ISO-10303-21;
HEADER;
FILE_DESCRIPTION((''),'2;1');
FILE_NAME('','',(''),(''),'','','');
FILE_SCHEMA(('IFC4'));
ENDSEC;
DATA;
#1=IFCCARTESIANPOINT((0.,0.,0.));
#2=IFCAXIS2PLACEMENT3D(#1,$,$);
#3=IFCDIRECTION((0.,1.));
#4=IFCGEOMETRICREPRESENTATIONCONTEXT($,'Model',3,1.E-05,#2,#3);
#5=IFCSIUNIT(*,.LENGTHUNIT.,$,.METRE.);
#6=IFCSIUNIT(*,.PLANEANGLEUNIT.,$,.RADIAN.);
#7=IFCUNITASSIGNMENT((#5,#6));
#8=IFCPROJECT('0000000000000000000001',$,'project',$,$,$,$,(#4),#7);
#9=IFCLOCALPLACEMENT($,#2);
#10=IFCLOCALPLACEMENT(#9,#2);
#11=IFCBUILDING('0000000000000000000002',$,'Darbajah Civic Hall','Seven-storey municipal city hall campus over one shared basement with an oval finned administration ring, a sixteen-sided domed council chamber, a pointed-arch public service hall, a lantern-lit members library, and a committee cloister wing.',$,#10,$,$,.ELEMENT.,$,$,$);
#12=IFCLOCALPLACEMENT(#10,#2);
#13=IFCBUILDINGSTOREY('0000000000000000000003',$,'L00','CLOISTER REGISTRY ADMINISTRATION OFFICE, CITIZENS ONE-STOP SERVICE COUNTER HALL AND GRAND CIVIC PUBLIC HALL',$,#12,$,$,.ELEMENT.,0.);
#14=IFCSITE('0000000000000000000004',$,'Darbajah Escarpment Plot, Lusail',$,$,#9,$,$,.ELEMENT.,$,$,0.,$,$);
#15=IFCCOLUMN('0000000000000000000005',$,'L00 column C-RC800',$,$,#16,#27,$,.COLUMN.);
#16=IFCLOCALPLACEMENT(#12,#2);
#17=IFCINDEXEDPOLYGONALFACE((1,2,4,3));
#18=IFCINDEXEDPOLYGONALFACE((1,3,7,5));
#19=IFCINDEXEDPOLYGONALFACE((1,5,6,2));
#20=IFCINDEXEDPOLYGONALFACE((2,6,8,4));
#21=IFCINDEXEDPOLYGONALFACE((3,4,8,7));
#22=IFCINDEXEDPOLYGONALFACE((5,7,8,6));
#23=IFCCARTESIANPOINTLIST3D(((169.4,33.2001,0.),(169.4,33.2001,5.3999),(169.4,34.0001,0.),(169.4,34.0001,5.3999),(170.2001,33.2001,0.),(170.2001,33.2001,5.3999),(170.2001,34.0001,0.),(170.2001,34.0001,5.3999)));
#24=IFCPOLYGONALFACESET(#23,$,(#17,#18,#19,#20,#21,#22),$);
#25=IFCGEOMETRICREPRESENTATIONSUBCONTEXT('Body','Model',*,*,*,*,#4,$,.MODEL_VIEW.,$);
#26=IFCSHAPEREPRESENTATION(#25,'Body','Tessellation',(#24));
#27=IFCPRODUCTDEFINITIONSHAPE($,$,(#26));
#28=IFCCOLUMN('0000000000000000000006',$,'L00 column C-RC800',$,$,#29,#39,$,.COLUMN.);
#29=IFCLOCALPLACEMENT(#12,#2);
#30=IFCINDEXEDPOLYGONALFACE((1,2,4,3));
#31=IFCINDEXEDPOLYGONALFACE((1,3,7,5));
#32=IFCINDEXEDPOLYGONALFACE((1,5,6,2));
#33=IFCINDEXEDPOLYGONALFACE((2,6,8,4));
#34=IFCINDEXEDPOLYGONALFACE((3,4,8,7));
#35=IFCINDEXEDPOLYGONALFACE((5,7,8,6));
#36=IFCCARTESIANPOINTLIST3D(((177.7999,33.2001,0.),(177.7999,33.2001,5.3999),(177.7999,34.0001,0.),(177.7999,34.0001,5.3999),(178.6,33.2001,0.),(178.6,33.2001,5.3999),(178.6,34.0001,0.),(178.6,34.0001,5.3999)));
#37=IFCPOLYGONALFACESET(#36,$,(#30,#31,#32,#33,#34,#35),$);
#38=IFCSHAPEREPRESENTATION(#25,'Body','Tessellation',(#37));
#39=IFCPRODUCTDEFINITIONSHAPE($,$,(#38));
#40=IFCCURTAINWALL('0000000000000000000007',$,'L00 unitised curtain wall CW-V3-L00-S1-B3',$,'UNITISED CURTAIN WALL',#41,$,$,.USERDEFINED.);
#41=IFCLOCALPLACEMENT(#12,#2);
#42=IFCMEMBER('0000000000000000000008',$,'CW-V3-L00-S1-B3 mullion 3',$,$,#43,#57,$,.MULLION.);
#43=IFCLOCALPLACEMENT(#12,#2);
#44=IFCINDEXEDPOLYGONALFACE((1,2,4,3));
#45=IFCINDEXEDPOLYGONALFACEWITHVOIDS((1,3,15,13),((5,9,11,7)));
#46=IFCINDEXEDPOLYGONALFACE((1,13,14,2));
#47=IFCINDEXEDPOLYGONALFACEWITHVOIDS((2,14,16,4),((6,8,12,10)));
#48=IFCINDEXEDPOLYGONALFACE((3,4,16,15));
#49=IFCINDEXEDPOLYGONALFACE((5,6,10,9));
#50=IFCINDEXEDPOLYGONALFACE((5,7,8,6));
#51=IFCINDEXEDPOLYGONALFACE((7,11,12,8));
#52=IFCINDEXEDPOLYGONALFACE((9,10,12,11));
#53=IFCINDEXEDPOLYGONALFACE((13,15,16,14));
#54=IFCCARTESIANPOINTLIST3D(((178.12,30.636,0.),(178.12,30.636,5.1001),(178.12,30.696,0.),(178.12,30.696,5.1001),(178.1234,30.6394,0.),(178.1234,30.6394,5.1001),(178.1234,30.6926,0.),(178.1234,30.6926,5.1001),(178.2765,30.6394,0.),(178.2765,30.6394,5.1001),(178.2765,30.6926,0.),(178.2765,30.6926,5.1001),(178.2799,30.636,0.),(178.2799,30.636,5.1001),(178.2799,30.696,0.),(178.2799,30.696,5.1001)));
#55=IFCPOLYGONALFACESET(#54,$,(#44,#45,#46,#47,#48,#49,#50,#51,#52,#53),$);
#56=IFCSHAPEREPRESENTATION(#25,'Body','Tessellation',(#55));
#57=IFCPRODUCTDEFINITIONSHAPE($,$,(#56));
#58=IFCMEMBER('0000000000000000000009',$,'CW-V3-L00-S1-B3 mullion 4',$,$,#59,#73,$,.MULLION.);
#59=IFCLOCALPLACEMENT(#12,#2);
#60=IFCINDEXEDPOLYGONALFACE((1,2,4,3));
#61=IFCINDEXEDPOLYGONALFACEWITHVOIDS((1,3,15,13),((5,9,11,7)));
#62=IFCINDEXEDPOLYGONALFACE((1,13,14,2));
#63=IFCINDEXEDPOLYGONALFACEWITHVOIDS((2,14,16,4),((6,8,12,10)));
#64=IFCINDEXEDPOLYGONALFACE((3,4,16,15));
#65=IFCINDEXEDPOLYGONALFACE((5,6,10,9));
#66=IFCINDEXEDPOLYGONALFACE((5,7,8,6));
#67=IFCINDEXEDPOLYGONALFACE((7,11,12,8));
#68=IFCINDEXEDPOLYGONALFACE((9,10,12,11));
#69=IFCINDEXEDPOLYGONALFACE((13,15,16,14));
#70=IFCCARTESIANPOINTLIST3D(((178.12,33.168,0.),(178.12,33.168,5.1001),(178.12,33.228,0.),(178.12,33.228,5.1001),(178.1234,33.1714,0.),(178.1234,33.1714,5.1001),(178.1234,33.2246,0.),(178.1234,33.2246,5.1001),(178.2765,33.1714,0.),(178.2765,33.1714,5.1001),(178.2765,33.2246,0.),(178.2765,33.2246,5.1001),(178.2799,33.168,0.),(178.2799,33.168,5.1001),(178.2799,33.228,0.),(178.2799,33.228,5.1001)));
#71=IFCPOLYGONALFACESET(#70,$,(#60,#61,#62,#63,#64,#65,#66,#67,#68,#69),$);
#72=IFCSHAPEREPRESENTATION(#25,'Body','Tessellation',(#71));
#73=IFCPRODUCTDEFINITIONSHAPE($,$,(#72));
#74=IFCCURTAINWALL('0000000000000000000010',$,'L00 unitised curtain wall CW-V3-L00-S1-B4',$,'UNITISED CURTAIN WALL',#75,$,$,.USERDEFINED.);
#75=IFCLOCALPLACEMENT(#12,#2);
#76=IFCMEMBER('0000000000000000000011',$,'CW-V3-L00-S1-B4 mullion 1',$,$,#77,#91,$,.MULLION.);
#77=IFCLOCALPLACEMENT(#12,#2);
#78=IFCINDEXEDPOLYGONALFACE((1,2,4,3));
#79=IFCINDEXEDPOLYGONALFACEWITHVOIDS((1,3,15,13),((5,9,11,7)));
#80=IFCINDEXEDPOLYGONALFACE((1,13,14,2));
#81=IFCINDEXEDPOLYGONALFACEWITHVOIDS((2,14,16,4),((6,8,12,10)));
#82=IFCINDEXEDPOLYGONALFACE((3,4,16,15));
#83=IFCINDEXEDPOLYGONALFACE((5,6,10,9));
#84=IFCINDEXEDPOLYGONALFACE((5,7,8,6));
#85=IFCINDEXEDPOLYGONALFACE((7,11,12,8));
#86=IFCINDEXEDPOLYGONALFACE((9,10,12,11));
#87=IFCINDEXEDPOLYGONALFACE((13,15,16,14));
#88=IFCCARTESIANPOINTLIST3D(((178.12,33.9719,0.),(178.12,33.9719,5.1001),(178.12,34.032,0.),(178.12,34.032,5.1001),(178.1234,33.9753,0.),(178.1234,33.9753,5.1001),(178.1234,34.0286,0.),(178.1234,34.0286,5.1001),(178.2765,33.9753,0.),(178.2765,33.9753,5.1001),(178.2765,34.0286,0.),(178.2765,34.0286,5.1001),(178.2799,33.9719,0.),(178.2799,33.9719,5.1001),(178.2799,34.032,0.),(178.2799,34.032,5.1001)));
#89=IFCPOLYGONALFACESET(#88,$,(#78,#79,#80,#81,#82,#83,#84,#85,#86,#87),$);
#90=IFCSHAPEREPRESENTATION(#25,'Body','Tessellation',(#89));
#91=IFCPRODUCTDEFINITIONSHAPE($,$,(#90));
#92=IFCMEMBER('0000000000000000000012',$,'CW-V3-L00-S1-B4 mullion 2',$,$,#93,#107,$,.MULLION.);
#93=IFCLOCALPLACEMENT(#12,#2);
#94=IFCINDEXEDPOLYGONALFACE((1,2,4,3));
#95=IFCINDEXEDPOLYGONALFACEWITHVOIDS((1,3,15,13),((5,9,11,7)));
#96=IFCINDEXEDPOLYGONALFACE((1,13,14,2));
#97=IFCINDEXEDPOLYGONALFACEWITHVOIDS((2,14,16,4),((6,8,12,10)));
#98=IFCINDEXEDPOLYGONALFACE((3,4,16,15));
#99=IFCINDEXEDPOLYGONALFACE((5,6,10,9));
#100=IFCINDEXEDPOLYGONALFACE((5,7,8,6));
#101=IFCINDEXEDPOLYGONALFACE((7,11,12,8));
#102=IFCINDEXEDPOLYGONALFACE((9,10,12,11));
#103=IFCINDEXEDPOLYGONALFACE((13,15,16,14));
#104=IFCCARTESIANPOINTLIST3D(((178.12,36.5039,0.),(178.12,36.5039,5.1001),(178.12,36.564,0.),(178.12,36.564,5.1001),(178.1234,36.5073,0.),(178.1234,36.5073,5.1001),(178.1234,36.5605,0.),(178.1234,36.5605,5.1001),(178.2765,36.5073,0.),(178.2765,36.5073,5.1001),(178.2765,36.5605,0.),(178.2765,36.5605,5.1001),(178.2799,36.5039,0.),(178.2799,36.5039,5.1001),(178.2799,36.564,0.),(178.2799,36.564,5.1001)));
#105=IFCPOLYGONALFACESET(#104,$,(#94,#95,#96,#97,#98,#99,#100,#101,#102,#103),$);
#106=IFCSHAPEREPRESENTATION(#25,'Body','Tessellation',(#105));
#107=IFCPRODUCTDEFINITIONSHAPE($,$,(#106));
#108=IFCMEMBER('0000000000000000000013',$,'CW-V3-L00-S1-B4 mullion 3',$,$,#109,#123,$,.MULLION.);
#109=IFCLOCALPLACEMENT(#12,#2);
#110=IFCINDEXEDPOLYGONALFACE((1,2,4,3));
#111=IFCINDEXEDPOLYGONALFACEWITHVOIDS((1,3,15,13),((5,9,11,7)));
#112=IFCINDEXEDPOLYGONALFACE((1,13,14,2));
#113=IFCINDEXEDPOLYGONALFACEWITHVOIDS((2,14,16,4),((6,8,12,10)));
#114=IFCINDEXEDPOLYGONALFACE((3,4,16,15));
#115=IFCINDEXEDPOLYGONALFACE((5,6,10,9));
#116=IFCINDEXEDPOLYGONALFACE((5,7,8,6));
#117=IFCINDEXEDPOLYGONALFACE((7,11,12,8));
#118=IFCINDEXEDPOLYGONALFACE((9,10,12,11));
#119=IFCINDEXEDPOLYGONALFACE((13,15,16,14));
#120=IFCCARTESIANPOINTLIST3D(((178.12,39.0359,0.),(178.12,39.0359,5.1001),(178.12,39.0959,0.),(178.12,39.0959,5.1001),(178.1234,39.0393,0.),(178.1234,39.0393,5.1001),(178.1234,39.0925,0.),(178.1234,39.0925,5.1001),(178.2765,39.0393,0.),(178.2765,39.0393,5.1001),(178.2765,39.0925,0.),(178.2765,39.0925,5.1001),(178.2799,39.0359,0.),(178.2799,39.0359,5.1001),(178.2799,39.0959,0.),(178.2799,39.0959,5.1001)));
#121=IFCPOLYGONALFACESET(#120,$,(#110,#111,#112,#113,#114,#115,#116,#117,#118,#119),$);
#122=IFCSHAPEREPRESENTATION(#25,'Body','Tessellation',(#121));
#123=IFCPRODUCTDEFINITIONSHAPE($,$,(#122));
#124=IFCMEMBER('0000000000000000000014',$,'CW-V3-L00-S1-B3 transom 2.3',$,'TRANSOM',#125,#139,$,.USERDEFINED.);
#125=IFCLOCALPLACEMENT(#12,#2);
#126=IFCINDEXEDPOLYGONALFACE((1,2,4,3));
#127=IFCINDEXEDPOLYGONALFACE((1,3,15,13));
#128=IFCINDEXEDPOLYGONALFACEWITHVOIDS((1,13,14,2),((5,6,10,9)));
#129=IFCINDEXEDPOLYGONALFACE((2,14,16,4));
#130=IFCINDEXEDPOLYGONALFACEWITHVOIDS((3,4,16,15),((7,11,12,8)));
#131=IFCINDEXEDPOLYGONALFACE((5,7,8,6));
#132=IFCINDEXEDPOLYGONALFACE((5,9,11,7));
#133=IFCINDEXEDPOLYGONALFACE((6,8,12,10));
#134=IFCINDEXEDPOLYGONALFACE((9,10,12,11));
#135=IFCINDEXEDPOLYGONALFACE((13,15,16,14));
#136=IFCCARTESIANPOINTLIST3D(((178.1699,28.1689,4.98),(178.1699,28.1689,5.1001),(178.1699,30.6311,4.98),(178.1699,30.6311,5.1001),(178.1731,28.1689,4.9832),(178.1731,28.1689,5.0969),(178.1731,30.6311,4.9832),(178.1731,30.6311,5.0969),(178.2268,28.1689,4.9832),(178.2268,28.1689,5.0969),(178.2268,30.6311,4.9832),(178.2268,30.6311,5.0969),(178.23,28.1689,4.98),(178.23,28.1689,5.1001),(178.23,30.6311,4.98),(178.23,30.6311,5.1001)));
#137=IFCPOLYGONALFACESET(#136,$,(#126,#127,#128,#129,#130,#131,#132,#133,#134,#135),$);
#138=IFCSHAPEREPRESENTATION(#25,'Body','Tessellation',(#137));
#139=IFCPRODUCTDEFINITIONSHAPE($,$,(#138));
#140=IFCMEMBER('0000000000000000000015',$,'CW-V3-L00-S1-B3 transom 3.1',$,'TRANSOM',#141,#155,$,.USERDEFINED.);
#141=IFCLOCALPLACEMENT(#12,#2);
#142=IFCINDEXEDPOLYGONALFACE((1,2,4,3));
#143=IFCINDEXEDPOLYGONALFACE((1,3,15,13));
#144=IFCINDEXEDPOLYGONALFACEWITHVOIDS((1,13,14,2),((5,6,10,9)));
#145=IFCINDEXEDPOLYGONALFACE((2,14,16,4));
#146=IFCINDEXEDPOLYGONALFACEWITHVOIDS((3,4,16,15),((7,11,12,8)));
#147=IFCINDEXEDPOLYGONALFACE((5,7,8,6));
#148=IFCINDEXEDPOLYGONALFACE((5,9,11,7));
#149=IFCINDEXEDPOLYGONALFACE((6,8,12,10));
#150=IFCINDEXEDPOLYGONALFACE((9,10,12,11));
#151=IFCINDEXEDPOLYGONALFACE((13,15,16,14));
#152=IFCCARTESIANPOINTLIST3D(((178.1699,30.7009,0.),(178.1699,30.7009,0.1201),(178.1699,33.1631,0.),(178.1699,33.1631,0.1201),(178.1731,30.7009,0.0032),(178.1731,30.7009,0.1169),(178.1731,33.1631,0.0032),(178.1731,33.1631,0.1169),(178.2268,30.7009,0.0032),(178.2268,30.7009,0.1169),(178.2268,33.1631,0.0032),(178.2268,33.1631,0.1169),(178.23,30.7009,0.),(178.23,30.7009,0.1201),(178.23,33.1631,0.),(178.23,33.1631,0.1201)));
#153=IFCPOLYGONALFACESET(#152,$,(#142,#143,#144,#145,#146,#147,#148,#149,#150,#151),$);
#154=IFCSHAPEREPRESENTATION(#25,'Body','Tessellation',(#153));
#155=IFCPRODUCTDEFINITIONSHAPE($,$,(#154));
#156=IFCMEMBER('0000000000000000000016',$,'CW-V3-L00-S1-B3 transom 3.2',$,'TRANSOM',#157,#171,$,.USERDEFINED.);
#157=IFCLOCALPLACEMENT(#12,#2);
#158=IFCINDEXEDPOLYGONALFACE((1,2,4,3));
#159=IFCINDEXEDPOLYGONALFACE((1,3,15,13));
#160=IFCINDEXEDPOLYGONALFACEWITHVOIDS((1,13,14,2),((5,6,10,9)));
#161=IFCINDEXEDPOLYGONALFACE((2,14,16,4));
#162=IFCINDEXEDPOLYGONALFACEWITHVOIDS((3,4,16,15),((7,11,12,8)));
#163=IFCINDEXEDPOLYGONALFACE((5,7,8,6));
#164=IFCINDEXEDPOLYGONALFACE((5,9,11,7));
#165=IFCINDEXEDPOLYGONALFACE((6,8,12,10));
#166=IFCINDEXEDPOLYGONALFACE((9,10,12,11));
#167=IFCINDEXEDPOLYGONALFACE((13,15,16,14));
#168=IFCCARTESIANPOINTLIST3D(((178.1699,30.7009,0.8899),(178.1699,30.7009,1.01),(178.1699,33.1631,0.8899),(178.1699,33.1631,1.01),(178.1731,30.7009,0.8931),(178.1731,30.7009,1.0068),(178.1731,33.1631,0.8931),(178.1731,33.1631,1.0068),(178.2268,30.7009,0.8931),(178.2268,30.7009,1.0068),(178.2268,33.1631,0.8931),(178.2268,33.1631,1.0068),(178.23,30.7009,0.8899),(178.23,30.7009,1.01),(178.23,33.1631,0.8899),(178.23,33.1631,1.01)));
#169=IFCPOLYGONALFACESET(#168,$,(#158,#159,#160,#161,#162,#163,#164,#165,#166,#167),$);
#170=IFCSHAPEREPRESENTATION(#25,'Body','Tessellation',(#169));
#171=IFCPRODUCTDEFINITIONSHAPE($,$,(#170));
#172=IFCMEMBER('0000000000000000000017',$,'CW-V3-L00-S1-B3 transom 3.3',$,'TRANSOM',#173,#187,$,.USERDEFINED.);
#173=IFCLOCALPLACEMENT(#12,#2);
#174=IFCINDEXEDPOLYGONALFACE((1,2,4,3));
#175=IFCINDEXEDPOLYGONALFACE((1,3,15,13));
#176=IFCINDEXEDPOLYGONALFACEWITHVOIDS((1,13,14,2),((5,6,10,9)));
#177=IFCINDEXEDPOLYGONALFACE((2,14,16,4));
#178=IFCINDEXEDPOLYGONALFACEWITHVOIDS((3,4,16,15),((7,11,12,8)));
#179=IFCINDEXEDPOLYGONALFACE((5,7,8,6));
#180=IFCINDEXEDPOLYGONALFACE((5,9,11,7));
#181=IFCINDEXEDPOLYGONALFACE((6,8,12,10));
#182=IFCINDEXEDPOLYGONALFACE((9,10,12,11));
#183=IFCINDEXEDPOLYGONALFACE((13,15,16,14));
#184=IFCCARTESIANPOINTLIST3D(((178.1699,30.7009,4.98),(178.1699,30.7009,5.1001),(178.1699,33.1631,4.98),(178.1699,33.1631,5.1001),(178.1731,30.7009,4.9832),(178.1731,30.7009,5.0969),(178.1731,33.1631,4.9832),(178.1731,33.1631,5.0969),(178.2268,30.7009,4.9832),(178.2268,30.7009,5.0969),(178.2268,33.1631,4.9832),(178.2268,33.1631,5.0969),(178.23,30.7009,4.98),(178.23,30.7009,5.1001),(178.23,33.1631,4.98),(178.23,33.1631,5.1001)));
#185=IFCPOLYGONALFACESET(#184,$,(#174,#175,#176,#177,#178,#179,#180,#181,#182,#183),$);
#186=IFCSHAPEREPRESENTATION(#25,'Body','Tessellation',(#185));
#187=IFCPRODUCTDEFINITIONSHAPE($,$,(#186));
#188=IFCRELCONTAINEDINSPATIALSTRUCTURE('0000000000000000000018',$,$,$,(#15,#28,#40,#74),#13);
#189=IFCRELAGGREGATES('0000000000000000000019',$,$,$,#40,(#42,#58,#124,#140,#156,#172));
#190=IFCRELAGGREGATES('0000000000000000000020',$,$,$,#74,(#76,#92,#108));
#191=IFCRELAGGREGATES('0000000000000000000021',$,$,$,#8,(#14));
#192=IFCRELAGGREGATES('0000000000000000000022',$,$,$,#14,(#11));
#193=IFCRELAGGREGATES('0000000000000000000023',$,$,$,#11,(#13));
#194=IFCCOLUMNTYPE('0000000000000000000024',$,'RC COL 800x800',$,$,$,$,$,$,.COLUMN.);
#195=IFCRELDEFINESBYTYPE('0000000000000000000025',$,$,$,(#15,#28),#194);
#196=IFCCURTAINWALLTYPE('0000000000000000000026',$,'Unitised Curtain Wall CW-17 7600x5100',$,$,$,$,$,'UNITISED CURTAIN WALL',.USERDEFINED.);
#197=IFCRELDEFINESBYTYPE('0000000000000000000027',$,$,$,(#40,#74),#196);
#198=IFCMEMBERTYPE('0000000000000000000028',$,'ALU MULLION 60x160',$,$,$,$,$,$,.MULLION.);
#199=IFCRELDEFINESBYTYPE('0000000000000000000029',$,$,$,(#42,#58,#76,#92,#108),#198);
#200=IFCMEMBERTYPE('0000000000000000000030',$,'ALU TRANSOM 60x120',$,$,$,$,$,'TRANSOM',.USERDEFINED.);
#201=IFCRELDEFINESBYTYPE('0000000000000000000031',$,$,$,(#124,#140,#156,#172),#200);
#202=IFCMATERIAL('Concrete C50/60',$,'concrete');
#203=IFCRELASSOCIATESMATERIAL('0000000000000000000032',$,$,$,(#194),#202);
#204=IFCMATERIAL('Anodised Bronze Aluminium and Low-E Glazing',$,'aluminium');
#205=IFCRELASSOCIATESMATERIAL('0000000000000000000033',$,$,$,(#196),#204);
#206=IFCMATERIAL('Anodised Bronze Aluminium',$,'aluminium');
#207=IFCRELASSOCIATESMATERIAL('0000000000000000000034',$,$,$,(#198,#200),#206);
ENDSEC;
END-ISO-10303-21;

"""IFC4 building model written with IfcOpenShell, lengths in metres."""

from ifc_helpers import new_model, si_unit, direction, frame, origin, origin_2d, place, context, subcontext, project, spatial, rectangle, hollow_rectangle, extrude, material, material_profile, profile_set, type_object, element, aggregate, save


model = new_model("IFC4")

# Units and contexts
model_context = context("Model", 3, precision=1e-05, world=origin(), true_north=direction((0.0, 1.0)))
body_context = subcontext(model_context, "Body", "Model", "MODEL_VIEW")
ifc_project = project(units=[si_unit("LENGTHUNIT", "METRE"), si_unit("PLANEANGLEUNIT", "RADIAN")], contexts=[model_context])

# Site, building, storey
site_placement = place(None, origin())
site = spatial("IfcSite", under=ifc_project, at=site_placement, Name="Darbajah Escarpment Plot, Lusail", CompositionType="ELEMENT", RefElevation=0.0)
building_placement = place(site_placement, origin())
building = spatial("IfcBuilding", under=site, at=building_placement, Name="Darbajah Civic Hall", Description="Seven-storey municipal city hall campus over one shared basement with an oval finned administration ring, a sixteen-sided domed council chamber, a pointed-arch public service hall, a lantern-lit members library, and a committee cloister wing.", CompositionType="ELEMENT")
storey_placement = place(building_placement, origin())
storey = spatial("IfcBuildingStorey", under=building, at=storey_placement, Name="L00", Description="CLOISTER REGISTRY ADMINISTRATION OFFICE, CITIZENS ONE-STOP SERVICE COUNTER HALL AND GRAND CIVIC PUBLIC HALL", CompositionType="ELEMENT", Elevation=0.0)

# Columns
ifc_material_1 = material(Name="Concrete C50/60", Category="concrete")
ifc_material_profile_1 = material_profile(ifc_material_1, rectangle(XDim=0.8, YDim=0.8, at=origin_2d()), Name="RC COL 800x800")
ifc_profile_set_1 = profile_set([ifc_material_profile_1], Name="Concrete C50/60")
column_type = type_object("IfcColumnType", Name="RC COL 800x800", PredefinedType="COLUMN", material=ifc_profile_set_1)
for number, where, z_axis, x_axis, name in (
    (1, (169.8, 33.6001, 0.0), (0.0, 0.0, 1.0), (1.0, 0.0, 0.0), "L00 column C-RC800"),
    (2, (178.2, 33.6001, 0.0), (0.0, 0.0, 1.0), (1.0, 0.0, 0.0), "L00 column C-RC800"),
):
    element("IfcColumn", number, at=place(storey_placement, frame(where, z_axis=z_axis, x_axis=x_axis)), inside=storey, type_object=column_type, Name=name, PredefinedType="COLUMN", context=body_context, shape_type="SweptSolid", body=[
        extrude(rectangle(XDim=0.8, YDim=0.8, at=origin_2d()), origin(), (0.0, 0.0, 1.0), 5.3999),
    ])

# Curtain walls, members
ifc_material_2 = material(Name="Anodised Bronze Aluminium and Low-E Glazing", Category="aluminium")
curtain_wall_type = type_object("IfcCurtainWallType", Name="Unitised Curtain Wall CW-17 7600x5100", ElementType="UNITISED CURTAIN WALL", PredefinedType="USERDEFINED", material=ifc_material_2)
curtain_wall_1_placement = place(storey_placement, origin())
curtain_wall_1 = element("IfcCurtainWall", 3, at=curtain_wall_1_placement, inside=storey, type_object=curtain_wall_type, Name="L00 unitised curtain wall CW-V3-L00-S1-B3", ObjectType="UNITISED CURTAIN WALL", PredefinedType="USERDEFINED")
ifc_material_3 = material(Name="Anodised Bronze Aluminium", Category="aluminium")
ifc_material_profile_2 = material_profile(ifc_material_3, hollow_rectangle(XDim=0.0601, YDim=0.1599, WallThickness=0.0034, at=origin_2d()), Name="ALU MULLION 60x160")
ifc_profile_set_2 = profile_set([ifc_material_profile_2], Name="Anodised Bronze Aluminium")
member_type_1 = type_object("IfcMemberType", Name="ALU MULLION 60x160", PredefinedType="MULLION", material=ifc_profile_set_2)
member_1_placement = place(storey_placement, frame((178.2, 30.666, 0.0), z_axis=(0.0, 0.0, 1.0), x_axis=(0.0, 1.0, 0.0)))
member_1 = element("IfcMember", 4, at=member_1_placement, type_object=member_type_1, Name="CW-V3-L00-S1-B3 mullion 3", PredefinedType="MULLION", context=body_context, shape_type="SweptSolid", body=[
    extrude(hollow_rectangle(XDim=0.0601, YDim=0.1599, WallThickness=0.0034, at=origin_2d()), origin(), (0.0, 0.0, 1.0), 5.1001),
])
member_2_placement = place(storey_placement, frame((178.2, 33.198, 0.0), z_axis=(0.0, 0.0, 1.0), x_axis=(0.0, 1.0, 0.0)))
member_2 = element("IfcMember", 5, at=member_2_placement, type_object=member_type_1, Name="CW-V3-L00-S1-B3 mullion 4", PredefinedType="MULLION", context=body_context, shape_type="SweptSolid", body=[
    extrude(hollow_rectangle(XDim=0.0601, YDim=0.1599, WallThickness=0.0034, at=origin_2d()), origin(), (0.0, 0.0, 1.0), 5.1001),
])
curtain_wall_2_placement = place(storey_placement, origin())
curtain_wall_2 = element("IfcCurtainWall", 6, at=curtain_wall_2_placement, inside=storey, type_object=curtain_wall_type, Name="L00 unitised curtain wall CW-V3-L00-S1-B4", ObjectType="UNITISED CURTAIN WALL", PredefinedType="USERDEFINED")
member_3_placement = place(storey_placement, frame((178.2, 34.002, 0.0), z_axis=(0.0, 0.0, 1.0), x_axis=(0.0, 1.0, 0.0)))
member_3 = element("IfcMember", 7, at=member_3_placement, type_object=member_type_1, Name="CW-V3-L00-S1-B4 mullion 1", PredefinedType="MULLION", context=body_context, shape_type="SweptSolid", body=[
    extrude(hollow_rectangle(XDim=0.0601, YDim=0.1599, WallThickness=0.0034, at=origin_2d()), origin(), (0.0, 0.0, 1.0), 5.1001),
])
member_4_placement = place(storey_placement, frame((178.2, 36.5339, 0.0), z_axis=(0.0, 0.0, 1.0), x_axis=(0.0, 1.0, 0.0)))
member_4 = element("IfcMember", 8, at=member_4_placement, type_object=member_type_1, Name="CW-V3-L00-S1-B4 mullion 2", PredefinedType="MULLION", context=body_context, shape_type="SweptSolid", body=[
    extrude(hollow_rectangle(XDim=0.0601, YDim=0.1599, WallThickness=0.0034, at=origin_2d()), origin(), (0.0, 0.0, 1.0), 5.1001),
])
member_5_placement = place(storey_placement, frame((178.2, 39.0659, 0.0), z_axis=(0.0, 0.0, 1.0), x_axis=(0.0, 1.0, 0.0)))
member_5 = element("IfcMember", 9, at=member_5_placement, type_object=member_type_1, Name="CW-V3-L00-S1-B4 mullion 3", PredefinedType="MULLION", context=body_context, shape_type="SweptSolid", body=[
    extrude(hollow_rectangle(XDim=0.0601, YDim=0.1599, WallThickness=0.0034, at=origin_2d()), origin(), (0.0, 0.0, 1.0), 5.1001),
])

# Members
ifc_material_profile_3 = material_profile(ifc_material_3, hollow_rectangle(XDim=0.0601, YDim=0.1201, WallThickness=0.0032, at=origin_2d()), Name="ALU TRANSOM 60x120")
ifc_profile_set_3 = profile_set([ifc_material_profile_3], Name="Anodised Bronze Aluminium")
member_type_2 = type_object("IfcMemberType", Name="ALU TRANSOM 60x120", ElementType="TRANSOM", PredefinedType="USERDEFINED", material=ifc_profile_set_3)
member_6_placement = place(storey_placement, frame((178.2, 28.1689, 5.04), z_axis=(0.0, 1.0, 0.0), x_axis=(-1.0, 0.0, 0.0)))
member_6 = element("IfcMember", 10, at=member_6_placement, type_object=member_type_2, Name="CW-V3-L00-S1-B3 transom 2.3", ObjectType="TRANSOM", PredefinedType="USERDEFINED", context=body_context, shape_type="SweptSolid", body=[
    extrude(hollow_rectangle(XDim=0.0601, YDim=0.1201, WallThickness=0.0032, at=origin_2d()), origin(), (0.0, 0.0, 1.0), 2.4622),
])
member_7_placement = place(storey_placement, frame((178.2, 30.7009, 0.0601), z_axis=(0.0, 1.0, 0.0), x_axis=(-1.0, 0.0, 0.0)))
member_7 = element("IfcMember", 11, at=member_7_placement, type_object=member_type_2, Name="CW-V3-L00-S1-B3 transom 3.1", ObjectType="TRANSOM", PredefinedType="USERDEFINED", context=body_context, shape_type="SweptSolid", body=[
    extrude(hollow_rectangle(XDim=0.0601, YDim=0.1201, WallThickness=0.0032, at=origin_2d()), origin(), (0.0, 0.0, 1.0), 2.4622),
])
member_8_placement = place(storey_placement, frame((178.2, 30.7009, 0.95), z_axis=(0.0, 1.0, 0.0), x_axis=(-1.0, 0.0, 0.0)))
member_8 = element("IfcMember", 12, at=member_8_placement, type_object=member_type_2, Name="CW-V3-L00-S1-B3 transom 3.2", ObjectType="TRANSOM", PredefinedType="USERDEFINED", context=body_context, shape_type="SweptSolid", body=[
    extrude(hollow_rectangle(XDim=0.0601, YDim=0.1201, WallThickness=0.0032, at=origin_2d()), origin(), (0.0, 0.0, 1.0), 2.4622),
])
member_9_placement = place(storey_placement, frame((178.2, 30.7009, 5.04), z_axis=(0.0, 1.0, 0.0), x_axis=(-1.0, 0.0, 0.0)))
member_9 = element("IfcMember", 13, at=member_9_placement, type_object=member_type_2, Name="CW-V3-L00-S1-B3 transom 3.3", ObjectType="TRANSOM", PredefinedType="USERDEFINED", context=body_context, shape_type="SweptSolid", body=[
    extrude(hollow_rectangle(XDim=0.0601, YDim=0.1201, WallThickness=0.0032, at=origin_2d()), origin(), (0.0, 0.0, 1.0), 2.4622),
])

aggregate(curtain_wall_1, [member_1, member_2, member_6, member_7, member_8, member_9])
aggregate(curtain_wall_2, [member_3, member_4, member_5])

save(model, "model.ifc")
